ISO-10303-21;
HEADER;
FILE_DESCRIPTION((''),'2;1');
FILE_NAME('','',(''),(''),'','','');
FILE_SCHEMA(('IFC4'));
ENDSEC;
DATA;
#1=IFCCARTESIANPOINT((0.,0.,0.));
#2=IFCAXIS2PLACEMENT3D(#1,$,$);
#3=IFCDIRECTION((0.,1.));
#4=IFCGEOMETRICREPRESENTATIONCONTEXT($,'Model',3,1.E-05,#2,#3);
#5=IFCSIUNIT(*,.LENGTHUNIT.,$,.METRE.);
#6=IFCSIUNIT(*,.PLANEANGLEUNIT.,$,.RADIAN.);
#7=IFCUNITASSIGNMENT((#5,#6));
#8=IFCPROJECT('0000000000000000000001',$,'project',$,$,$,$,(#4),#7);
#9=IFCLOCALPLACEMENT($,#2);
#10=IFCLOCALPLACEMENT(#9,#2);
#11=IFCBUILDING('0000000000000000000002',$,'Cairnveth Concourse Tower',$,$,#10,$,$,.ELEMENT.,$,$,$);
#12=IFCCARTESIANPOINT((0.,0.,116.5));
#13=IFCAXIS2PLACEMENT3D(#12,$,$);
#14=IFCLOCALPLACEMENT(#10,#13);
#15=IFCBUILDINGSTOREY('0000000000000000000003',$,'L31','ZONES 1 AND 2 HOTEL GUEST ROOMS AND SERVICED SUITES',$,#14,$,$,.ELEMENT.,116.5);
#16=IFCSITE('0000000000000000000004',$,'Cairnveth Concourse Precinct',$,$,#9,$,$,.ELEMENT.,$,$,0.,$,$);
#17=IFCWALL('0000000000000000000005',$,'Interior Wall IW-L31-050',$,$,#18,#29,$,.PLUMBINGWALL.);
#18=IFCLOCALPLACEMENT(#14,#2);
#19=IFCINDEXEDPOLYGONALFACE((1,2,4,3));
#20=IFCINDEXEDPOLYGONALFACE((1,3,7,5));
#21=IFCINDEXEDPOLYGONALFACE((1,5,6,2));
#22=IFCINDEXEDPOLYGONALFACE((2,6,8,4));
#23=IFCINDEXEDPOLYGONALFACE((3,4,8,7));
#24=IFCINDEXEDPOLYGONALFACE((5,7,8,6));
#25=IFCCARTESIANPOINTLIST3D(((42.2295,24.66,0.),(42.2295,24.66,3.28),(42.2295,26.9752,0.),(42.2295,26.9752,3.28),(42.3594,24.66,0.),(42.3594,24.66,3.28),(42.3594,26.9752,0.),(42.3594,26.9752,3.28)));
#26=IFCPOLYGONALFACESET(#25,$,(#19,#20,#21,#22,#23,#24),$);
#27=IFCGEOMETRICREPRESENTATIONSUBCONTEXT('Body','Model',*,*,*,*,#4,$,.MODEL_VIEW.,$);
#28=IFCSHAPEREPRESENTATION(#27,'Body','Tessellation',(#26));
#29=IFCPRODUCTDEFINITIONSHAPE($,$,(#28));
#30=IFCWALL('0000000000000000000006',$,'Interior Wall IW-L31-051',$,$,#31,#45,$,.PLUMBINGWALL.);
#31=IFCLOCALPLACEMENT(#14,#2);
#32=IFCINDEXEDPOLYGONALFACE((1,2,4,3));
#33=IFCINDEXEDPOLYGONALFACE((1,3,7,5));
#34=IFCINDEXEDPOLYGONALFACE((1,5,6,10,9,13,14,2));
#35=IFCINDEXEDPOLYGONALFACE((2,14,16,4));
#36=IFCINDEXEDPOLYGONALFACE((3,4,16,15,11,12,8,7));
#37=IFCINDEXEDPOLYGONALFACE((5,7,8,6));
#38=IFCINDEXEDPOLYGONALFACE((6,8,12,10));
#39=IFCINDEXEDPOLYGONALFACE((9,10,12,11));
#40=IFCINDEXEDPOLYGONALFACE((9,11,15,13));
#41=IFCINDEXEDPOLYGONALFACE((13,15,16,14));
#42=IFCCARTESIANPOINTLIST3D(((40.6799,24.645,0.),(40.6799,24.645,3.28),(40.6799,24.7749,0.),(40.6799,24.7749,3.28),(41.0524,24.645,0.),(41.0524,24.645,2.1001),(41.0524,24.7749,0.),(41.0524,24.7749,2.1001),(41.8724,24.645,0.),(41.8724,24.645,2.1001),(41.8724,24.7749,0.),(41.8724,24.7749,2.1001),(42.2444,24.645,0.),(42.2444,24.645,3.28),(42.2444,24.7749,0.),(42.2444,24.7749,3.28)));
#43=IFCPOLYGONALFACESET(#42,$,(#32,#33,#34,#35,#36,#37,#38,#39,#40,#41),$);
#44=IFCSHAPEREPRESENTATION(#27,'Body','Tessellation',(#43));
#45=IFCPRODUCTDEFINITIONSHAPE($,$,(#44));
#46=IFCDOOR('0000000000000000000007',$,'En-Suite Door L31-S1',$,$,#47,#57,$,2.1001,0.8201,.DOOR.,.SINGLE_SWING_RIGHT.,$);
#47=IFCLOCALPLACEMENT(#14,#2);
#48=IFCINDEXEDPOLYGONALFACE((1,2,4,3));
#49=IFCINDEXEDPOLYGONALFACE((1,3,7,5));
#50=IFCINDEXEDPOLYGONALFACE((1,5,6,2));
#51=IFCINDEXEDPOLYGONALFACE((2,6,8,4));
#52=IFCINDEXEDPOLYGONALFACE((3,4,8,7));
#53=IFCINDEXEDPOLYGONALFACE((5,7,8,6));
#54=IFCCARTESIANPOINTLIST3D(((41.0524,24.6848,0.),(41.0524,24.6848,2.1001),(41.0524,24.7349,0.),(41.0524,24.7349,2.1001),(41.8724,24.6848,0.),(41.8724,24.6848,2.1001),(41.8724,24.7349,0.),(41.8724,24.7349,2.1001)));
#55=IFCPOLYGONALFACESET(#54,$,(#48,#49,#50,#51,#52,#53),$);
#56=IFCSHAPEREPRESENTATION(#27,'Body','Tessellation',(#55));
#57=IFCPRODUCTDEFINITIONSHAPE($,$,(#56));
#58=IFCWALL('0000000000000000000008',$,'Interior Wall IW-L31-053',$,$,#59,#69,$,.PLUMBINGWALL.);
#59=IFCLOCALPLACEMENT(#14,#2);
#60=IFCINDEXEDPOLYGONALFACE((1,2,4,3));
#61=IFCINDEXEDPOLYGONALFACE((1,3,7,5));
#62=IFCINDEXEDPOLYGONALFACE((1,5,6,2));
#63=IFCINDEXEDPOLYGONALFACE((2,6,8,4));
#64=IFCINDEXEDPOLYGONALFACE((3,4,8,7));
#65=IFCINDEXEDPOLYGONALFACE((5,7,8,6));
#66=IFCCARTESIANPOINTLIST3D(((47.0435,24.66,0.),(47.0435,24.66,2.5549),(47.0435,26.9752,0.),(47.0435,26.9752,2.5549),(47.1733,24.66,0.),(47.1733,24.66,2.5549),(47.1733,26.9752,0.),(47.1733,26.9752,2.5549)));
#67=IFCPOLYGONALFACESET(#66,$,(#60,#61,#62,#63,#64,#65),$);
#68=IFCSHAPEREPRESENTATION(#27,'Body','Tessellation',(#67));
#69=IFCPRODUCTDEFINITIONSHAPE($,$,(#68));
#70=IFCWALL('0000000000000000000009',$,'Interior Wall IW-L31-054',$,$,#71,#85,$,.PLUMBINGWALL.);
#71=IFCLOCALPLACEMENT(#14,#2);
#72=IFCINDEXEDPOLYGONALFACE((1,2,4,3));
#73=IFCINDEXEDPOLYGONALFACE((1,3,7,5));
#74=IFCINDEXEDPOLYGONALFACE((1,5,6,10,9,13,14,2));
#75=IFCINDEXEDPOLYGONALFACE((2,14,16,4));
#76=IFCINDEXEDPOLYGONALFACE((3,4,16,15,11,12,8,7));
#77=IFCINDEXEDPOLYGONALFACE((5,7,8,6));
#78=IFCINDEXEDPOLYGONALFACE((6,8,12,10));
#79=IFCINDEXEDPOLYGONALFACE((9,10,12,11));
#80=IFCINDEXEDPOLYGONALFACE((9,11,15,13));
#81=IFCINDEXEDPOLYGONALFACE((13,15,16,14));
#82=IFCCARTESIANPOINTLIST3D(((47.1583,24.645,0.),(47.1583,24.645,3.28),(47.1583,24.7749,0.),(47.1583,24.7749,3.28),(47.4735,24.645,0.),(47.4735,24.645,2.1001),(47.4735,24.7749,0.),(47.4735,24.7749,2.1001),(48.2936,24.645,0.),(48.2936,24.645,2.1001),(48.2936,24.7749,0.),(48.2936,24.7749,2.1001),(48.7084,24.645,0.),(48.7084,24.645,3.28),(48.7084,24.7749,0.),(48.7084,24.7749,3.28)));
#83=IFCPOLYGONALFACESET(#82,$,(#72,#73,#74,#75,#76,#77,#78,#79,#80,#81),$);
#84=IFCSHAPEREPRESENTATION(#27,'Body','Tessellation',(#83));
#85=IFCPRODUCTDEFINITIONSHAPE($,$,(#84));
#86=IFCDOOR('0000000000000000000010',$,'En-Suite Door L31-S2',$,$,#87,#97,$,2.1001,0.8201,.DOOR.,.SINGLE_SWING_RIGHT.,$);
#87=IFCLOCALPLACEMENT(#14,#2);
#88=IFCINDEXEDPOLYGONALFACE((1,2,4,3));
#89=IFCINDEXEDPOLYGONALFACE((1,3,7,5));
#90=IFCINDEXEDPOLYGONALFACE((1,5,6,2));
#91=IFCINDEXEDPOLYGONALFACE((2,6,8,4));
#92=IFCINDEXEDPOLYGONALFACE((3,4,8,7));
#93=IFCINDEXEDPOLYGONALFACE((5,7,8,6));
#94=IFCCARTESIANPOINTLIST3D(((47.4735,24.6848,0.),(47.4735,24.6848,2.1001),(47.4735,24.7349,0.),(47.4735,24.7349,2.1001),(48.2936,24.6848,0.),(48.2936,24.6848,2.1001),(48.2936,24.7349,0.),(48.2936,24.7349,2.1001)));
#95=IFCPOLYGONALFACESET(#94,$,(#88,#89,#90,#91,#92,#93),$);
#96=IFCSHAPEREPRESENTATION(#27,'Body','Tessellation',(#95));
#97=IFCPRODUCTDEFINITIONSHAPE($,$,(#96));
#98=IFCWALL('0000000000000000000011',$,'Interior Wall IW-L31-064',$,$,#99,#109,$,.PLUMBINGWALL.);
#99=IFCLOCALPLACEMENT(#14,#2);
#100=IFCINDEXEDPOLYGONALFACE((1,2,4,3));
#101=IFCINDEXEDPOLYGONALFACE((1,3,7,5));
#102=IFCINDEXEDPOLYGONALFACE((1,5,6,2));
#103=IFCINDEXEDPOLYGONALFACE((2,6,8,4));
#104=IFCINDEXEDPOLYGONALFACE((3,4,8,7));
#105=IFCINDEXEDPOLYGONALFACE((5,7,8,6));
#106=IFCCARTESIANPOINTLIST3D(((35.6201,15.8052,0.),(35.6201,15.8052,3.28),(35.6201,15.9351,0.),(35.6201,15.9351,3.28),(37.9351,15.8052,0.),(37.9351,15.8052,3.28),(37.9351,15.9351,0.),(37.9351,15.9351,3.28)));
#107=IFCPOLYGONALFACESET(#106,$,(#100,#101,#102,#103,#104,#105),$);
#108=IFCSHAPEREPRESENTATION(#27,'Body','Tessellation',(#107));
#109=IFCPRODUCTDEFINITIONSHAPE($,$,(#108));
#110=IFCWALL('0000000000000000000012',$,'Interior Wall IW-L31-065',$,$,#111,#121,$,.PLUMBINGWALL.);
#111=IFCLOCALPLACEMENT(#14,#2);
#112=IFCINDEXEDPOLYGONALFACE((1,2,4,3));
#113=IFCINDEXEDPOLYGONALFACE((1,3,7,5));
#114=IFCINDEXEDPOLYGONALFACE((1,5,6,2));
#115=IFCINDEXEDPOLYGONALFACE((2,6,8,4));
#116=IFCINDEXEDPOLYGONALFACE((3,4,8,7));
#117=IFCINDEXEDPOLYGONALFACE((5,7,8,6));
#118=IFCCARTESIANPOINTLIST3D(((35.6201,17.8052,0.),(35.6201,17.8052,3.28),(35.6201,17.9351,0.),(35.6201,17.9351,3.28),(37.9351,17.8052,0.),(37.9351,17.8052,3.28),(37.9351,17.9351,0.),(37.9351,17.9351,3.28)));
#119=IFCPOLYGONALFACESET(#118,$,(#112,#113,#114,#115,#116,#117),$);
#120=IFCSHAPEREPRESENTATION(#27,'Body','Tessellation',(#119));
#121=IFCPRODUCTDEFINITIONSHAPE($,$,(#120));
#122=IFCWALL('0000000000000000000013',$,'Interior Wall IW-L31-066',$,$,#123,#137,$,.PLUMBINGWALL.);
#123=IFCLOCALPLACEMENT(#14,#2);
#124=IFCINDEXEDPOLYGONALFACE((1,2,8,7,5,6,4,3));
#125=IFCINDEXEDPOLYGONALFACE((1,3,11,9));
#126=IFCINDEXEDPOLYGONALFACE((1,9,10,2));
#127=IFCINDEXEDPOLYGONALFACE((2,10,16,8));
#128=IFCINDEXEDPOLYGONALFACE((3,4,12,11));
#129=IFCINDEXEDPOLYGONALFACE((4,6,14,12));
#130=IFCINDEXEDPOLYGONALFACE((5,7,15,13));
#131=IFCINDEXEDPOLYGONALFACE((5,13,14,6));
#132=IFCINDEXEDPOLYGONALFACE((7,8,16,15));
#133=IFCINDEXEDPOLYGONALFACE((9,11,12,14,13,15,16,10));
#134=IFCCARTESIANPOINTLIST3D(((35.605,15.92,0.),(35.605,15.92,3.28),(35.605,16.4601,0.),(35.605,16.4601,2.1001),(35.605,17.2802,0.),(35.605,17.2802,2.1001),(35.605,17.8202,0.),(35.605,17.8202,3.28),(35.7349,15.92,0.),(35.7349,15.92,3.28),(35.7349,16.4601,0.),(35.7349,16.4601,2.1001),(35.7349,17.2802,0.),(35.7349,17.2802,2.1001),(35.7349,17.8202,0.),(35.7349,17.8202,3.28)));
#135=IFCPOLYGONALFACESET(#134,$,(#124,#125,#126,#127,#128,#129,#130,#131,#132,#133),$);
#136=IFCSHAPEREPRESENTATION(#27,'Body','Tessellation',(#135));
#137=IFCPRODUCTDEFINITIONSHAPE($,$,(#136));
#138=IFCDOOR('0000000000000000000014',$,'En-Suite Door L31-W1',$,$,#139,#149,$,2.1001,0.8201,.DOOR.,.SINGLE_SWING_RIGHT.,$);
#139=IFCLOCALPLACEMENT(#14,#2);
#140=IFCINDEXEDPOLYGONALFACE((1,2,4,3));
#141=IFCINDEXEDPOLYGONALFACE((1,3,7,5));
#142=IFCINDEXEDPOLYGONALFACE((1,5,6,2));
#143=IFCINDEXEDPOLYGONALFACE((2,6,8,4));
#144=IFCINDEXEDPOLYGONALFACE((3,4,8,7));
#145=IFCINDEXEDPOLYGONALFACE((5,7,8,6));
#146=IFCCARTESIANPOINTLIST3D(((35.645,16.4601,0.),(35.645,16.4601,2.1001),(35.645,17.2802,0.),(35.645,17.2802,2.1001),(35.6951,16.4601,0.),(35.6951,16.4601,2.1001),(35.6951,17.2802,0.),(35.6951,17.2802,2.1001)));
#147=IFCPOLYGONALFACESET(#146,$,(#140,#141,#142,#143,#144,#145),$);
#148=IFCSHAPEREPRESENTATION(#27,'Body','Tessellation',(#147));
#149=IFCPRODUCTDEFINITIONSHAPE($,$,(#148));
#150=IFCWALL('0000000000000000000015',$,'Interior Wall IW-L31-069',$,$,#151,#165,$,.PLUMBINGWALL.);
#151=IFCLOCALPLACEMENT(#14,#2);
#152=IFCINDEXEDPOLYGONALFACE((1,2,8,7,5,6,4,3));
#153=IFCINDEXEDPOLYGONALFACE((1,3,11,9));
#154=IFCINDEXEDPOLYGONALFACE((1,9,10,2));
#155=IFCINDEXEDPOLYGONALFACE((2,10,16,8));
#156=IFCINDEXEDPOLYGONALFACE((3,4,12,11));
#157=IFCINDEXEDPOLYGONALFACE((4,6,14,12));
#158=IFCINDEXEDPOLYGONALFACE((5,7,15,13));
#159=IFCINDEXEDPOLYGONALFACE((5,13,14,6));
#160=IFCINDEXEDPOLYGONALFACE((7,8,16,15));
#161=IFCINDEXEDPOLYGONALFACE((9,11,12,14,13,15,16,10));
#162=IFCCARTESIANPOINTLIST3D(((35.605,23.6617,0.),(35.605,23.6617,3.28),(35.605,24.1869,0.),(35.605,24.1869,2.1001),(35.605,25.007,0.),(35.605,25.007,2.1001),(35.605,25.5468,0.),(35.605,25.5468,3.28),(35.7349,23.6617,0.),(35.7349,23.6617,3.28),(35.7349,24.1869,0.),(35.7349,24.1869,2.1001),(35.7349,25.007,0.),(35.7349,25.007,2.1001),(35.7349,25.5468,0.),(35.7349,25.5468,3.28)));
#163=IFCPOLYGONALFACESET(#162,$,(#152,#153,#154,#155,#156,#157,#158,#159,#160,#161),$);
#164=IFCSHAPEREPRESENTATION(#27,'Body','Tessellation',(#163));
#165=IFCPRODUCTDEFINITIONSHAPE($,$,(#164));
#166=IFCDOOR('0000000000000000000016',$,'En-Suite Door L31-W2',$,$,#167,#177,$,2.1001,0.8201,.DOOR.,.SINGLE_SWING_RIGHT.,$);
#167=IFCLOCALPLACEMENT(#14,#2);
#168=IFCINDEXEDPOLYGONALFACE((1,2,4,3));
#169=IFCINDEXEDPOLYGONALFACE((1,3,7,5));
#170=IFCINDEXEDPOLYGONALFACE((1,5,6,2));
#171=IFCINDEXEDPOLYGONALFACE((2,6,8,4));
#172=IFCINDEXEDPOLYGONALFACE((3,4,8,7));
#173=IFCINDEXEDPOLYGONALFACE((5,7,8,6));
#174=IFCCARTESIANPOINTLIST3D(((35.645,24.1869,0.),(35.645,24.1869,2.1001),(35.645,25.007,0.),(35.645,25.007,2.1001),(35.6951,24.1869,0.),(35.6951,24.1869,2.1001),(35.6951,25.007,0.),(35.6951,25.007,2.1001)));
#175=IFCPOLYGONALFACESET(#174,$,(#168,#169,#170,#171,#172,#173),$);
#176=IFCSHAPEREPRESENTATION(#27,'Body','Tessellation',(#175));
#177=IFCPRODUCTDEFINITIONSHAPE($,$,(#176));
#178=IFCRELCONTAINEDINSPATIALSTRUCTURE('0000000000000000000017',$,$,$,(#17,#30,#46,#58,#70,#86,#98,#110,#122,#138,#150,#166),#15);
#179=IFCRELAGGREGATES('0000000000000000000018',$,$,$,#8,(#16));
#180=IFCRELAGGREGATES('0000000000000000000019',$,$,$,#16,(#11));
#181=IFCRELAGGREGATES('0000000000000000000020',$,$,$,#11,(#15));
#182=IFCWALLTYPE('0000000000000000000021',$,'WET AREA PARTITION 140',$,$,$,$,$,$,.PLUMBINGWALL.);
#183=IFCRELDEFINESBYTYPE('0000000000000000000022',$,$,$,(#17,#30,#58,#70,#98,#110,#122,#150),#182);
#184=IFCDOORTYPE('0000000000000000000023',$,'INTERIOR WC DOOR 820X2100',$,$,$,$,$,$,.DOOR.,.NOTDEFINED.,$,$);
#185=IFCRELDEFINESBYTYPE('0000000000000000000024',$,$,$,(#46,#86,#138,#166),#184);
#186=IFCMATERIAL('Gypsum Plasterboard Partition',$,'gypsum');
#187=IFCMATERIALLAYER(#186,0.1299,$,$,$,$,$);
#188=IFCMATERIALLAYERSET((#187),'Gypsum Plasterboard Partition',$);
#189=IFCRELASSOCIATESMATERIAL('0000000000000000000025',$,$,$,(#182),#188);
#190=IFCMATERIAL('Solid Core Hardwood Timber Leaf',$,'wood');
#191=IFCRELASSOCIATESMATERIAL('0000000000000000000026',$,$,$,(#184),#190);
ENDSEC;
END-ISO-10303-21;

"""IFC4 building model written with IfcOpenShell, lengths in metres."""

from ifc_helpers import new_model, si_unit, direction, frame, frame_2d, origin, place, context, subcontext, project, spatial, rectangle, extrude, material, layer, layer_set, type_object, element, fill, save


model = new_model("IFC4")

# Units and contexts
model_context = context("Model", 3, precision=1e-05, world=origin(), true_north=direction((0.0, 1.0)))
body_context = subcontext(model_context, "Body", "Model", "MODEL_VIEW")
ifc_project = project(units=[si_unit("LENGTHUNIT", "METRE"), si_unit("PLANEANGLEUNIT", "RADIAN")], contexts=[model_context])

# Site, building, storey
site_placement = place(None, origin())
site = spatial("IfcSite", under=ifc_project, at=site_placement, Name="Cairnveth Concourse Precinct", CompositionType="ELEMENT", RefElevation=0.0)
building_placement = place(site_placement, origin())
building = spatial("IfcBuilding", under=site, at=building_placement, Name="Cairnveth Concourse Tower", CompositionType="ELEMENT")
storey_placement = place(building_placement, frame((0.0, 0.0, 116.5)))
storey = spatial("IfcBuildingStorey", under=building, at=storey_placement, Name="L31", Description="ZONES 1 AND 2 HOTEL GUEST ROOMS AND SERVICED SUITES", CompositionType="ELEMENT", Elevation=116.5)

# Shared definitions
ifc_material_1 = material(Name="Gypsum Plasterboard Partition", Category="gypsum")
ifc_material_2 = material(Name="Solid Core Hardwood Timber Leaf", Category="wood")

# Wall
ifc_layer_1 = layer(ifc_material_1, 0.1299)
ifc_layer_set_1 = layer_set([ifc_layer_1], Name="Gypsum Plasterboard Partition")
wall_type_1 = type_object("IfcWallType", Name="WET AREA PARTITION 140", PredefinedType="PLUMBINGWALL", material=ifc_layer_set_1)
wall_1_placement = place(storey_placement, frame((42.2944, 24.6599, 0.0), z_axis=(0.0, 0.0, 1.0), x_axis=(0.0, 1.0, 0.0)))
element("IfcWall", 1, at=wall_1_placement, inside=storey, type_object=wall_type_1, Name="Interior Wall IW-L31-050", PredefinedType="PLUMBINGWALL", context=body_context, shape_type="SweptSolid", body=[
    extrude(rectangle(XDim=2.3152, YDim=0.1299, at=frame_2d((1.1577, 0.0))), origin(), (0.0, 0.0, 1.0), 3.28),
])

# Wall, opening, door
wall_2_placement = place(storey_placement, frame((40.6799, 24.71, 0.0), z_axis=(0.0, 0.0, 1.0), x_axis=(1.0, 0.0, 0.0)))
wall_2 = element("IfcWall", 2, at=wall_2_placement, inside=storey, type_object=wall_type_1, Name="Interior Wall IW-L31-051", PredefinedType="PLUMBINGWALL", context=body_context, shape_type="SweptSolid", body=[
    extrude(rectangle(XDim=1.5645, YDim=0.1299, at=frame_2d((0.7822, 0.0))), origin(), (0.0, 0.0, 1.0), 3.28),
])
opening_1_placement = place(wall_2_placement, frame((0.3723, 0.0, 0.0)))
opening_1 = element("IfcOpeningElement", 3, at=opening_1_placement, cuts=wall_2, PredefinedType="OPENING", context=body_context, shape_type="SweptSolid", body=[
    extrude(rectangle(XDim=0.8201, YDim=2.1001, at=frame_2d((0.4102, 1.05))), frame((0.0, 0.075, 0.0), z_axis=(0.0, -1.0, 0.0), x_axis=(1.0, 0.0, 0.0)), (0.0, 0.0, 1.0), 0.1499),
])
door_type_1 = type_object("IfcDoorType", Name="INTERIOR WC DOOR 820X2100", OperationType="NOTDEFINED", PredefinedType="DOOR", material=ifc_material_2)
door_1_placement = place(opening_1_placement, origin())
door_1 = element("IfcDoor", 4, at=door_1_placement, inside=storey, type_object=door_type_1, Name="En-Suite Door L31-S1", OperationType="SINGLE_SWING_RIGHT", OverallHeight=2.1001, OverallWidth=0.8201, PredefinedType="DOOR", context=body_context, shape_type="SweptSolid", body=[
    extrude(rectangle(XDim=0.8201, YDim=2.1001, at=frame_2d((0.4102, 1.05))), frame((0.0, 0.0249, 0.0), z_axis=(0.0, -1.0, 0.0), x_axis=(1.0, 0.0, 0.0)), (0.0, 0.0, 1.0), 0.05),
])
fill(opening_1, door_1)

# Wall
wall_3_placement = place(storey_placement, frame((47.1084, 24.6599, 0.0), z_axis=(0.0, 0.0, 1.0), x_axis=(0.0, 1.0, 0.0)))
element("IfcWall", 5, at=wall_3_placement, inside=storey, type_object=wall_type_1, Name="Interior Wall IW-L31-053", PredefinedType="PLUMBINGWALL", context=body_context, shape_type="SweptSolid", body=[
    extrude(rectangle(XDim=2.3152, YDim=0.1299, at=frame_2d((1.1577, 0.0))), origin(), (0.0, 0.0, 1.0), 2.5549),
])

# Wall, opening, door
wall_4_placement = place(storey_placement, frame((47.1584, 24.71, 0.0), z_axis=(0.0, 0.0, 1.0), x_axis=(1.0, 0.0, 0.0)))
wall_4 = element("IfcWall", 6, at=wall_4_placement, inside=storey, type_object=wall_type_1, Name="Interior Wall IW-L31-054", PredefinedType="PLUMBINGWALL", context=body_context, shape_type="SweptSolid", body=[
    extrude(rectangle(XDim=1.55, YDim=0.1299, at=frame_2d((0.7749, 0.0))), origin(), (0.0, 0.0, 1.0), 3.28),
])
opening_2_placement = place(wall_4_placement, frame((0.3149, 0.0, 0.0)))
opening_2 = element("IfcOpeningElement", 7, at=opening_2_placement, cuts=wall_4, PredefinedType="OPENING", context=body_context, shape_type="SweptSolid", body=[
    extrude(rectangle(XDim=0.8201, YDim=2.1001, at=frame_2d((0.4102, 1.05))), frame((0.0, 0.075, 0.0), z_axis=(0.0, -1.0, 0.0), x_axis=(1.0, 0.0, 0.0)), (0.0, 0.0, 1.0), 0.1499),
])
door_2_placement = place(opening_2_placement, origin())
door_2 = element("IfcDoor", 8, at=door_2_placement, inside=storey, type_object=door_type_1, Name="En-Suite Door L31-S2", OperationType="SINGLE_SWING_RIGHT", OverallHeight=2.1001, OverallWidth=0.8201, PredefinedType="DOOR", context=body_context, shape_type="SweptSolid", body=[
    extrude(rectangle(XDim=0.8201, YDim=2.1001, at=frame_2d((0.4102, 1.05))), frame((0.0, 0.0249, 0.0), z_axis=(0.0, -1.0, 0.0), x_axis=(1.0, 0.0, 0.0)), (0.0, 0.0, 1.0), 0.05),
])
fill(opening_2, door_2)

# Walls
for number, where, z_axis, x_axis, name in (
    (9, (35.6201, 15.8701, 0.0), (0.0, 0.0, 1.0), (1.0, 0.0, 0.0), "Interior Wall IW-L31-064"),
    (10, (35.6201, 17.8701, 0.0), (0.0, 0.0, 1.0), (1.0, 0.0, 0.0), "Interior Wall IW-L31-065"),
):
    element("IfcWall", number, at=place(storey_placement, frame(where, z_axis=z_axis, x_axis=x_axis)), inside=storey, type_object=wall_type_1, Name=name, PredefinedType="PLUMBINGWALL", context=body_context, shape_type="SweptSolid", body=[
        extrude(rectangle(XDim=2.3149, YDim=0.1299, at=frame_2d((1.1575, 0.0))), origin(), (0.0, 0.0, 1.0), 3.28),
    ])

# Walls, openings, doors
wall_5_placement = place(storey_placement, frame((35.6699, 15.9199, 0.0), z_axis=(0.0, 0.0, 1.0), x_axis=(0.0, 1.0, 0.0)))
wall_5 = element("IfcWall", 11, at=wall_5_placement, inside=storey, type_object=wall_type_1, Name="Interior Wall IW-L31-066", PredefinedType="PLUMBINGWALL", context=body_context, shape_type="SweptSolid", body=[
    extrude(rectangle(XDim=1.9001, YDim=0.1299, at=frame_2d((0.9502, 0.0))), origin(), (0.0, 0.0, 1.0), 3.28),
])
opening_3_placement = place(wall_5_placement, frame((0.54, 0.0, 0.0)))
opening_3 = element("IfcOpeningElement", 12, at=opening_3_placement, cuts=wall_5, PredefinedType="OPENING", context=body_context, shape_type="SweptSolid", body=[
    extrude(rectangle(XDim=0.8201, YDim=2.1001, at=frame_2d((0.4102, 1.05))), frame((0.0, 0.075, 0.0), z_axis=(0.0, -1.0, 0.0), x_axis=(1.0, 0.0, 0.0)), (0.0, 0.0, 1.0), 0.1499),
])
door_3_placement = place(opening_3_placement, origin())
door_3 = element("IfcDoor", 13, at=door_3_placement, inside=storey, type_object=door_type_1, Name="En-Suite Door L31-W1", OperationType="SINGLE_SWING_RIGHT", OverallHeight=2.1001, OverallWidth=0.8201, PredefinedType="DOOR", context=body_context, shape_type="SweptSolid", body=[
    extrude(rectangle(XDim=0.8201, YDim=2.1001, at=frame_2d((0.4102, 1.05))), frame((0.0, 0.0249, 0.0), z_axis=(0.0, -1.0, 0.0), x_axis=(1.0, 0.0, 0.0)), (0.0, 0.0, 1.0), 0.05),
])
fill(opening_3, door_3)
wall_6_placement = place(storey_placement, frame((35.6699, 23.6619, 0.0), z_axis=(0.0, 0.0, 1.0), x_axis=(0.0, 1.0, 0.0)))
wall_6 = element("IfcWall", 14, at=wall_6_placement, inside=storey, type_object=wall_type_1, Name="Interior Wall IW-L31-069", PredefinedType="PLUMBINGWALL", context=body_context, shape_type="SweptSolid", body=[
    extrude(rectangle(XDim=1.885, YDim=0.1299, at=frame_2d((0.9424, 0.0))), origin(), (0.0, 0.0, 1.0), 3.28),
])
opening_4_placement = place(wall_6_placement, frame((0.5249, 0.0, 0.0)))
opening_4 = element("IfcOpeningElement", 15, at=opening_4_placement, cuts=wall_6, PredefinedType="OPENING", context=body_context, shape_type="SweptSolid", body=[
    extrude(rectangle(XDim=0.8201, YDim=2.1001, at=frame_2d((0.4102, 1.05))), frame((0.0, 0.075, 0.0), z_axis=(0.0, -1.0, 0.0), x_axis=(1.0, 0.0, 0.0)), (0.0, 0.0, 1.0), 0.1499),
])
door_4_placement = place(opening_4_placement, origin())
door_4 = element("IfcDoor", 16, at=door_4_placement, inside=storey, type_object=door_type_1, Name="En-Suite Door L31-W2", OperationType="SINGLE_SWING_RIGHT", OverallHeight=2.1001, OverallWidth=0.8201, PredefinedType="DOOR", context=body_context, shape_type="SweptSolid", body=[
    extrude(rectangle(XDim=0.8201, YDim=2.1001, at=frame_2d((0.4102, 1.05))), frame((0.0, 0.0249, 0.0), z_axis=(0.0, -1.0, 0.0), x_axis=(1.0, 0.0, 0.0)), (0.0, 0.0, 1.0), 0.05),
])
fill(opening_4, door_4)

save(model, "model.ifc")
